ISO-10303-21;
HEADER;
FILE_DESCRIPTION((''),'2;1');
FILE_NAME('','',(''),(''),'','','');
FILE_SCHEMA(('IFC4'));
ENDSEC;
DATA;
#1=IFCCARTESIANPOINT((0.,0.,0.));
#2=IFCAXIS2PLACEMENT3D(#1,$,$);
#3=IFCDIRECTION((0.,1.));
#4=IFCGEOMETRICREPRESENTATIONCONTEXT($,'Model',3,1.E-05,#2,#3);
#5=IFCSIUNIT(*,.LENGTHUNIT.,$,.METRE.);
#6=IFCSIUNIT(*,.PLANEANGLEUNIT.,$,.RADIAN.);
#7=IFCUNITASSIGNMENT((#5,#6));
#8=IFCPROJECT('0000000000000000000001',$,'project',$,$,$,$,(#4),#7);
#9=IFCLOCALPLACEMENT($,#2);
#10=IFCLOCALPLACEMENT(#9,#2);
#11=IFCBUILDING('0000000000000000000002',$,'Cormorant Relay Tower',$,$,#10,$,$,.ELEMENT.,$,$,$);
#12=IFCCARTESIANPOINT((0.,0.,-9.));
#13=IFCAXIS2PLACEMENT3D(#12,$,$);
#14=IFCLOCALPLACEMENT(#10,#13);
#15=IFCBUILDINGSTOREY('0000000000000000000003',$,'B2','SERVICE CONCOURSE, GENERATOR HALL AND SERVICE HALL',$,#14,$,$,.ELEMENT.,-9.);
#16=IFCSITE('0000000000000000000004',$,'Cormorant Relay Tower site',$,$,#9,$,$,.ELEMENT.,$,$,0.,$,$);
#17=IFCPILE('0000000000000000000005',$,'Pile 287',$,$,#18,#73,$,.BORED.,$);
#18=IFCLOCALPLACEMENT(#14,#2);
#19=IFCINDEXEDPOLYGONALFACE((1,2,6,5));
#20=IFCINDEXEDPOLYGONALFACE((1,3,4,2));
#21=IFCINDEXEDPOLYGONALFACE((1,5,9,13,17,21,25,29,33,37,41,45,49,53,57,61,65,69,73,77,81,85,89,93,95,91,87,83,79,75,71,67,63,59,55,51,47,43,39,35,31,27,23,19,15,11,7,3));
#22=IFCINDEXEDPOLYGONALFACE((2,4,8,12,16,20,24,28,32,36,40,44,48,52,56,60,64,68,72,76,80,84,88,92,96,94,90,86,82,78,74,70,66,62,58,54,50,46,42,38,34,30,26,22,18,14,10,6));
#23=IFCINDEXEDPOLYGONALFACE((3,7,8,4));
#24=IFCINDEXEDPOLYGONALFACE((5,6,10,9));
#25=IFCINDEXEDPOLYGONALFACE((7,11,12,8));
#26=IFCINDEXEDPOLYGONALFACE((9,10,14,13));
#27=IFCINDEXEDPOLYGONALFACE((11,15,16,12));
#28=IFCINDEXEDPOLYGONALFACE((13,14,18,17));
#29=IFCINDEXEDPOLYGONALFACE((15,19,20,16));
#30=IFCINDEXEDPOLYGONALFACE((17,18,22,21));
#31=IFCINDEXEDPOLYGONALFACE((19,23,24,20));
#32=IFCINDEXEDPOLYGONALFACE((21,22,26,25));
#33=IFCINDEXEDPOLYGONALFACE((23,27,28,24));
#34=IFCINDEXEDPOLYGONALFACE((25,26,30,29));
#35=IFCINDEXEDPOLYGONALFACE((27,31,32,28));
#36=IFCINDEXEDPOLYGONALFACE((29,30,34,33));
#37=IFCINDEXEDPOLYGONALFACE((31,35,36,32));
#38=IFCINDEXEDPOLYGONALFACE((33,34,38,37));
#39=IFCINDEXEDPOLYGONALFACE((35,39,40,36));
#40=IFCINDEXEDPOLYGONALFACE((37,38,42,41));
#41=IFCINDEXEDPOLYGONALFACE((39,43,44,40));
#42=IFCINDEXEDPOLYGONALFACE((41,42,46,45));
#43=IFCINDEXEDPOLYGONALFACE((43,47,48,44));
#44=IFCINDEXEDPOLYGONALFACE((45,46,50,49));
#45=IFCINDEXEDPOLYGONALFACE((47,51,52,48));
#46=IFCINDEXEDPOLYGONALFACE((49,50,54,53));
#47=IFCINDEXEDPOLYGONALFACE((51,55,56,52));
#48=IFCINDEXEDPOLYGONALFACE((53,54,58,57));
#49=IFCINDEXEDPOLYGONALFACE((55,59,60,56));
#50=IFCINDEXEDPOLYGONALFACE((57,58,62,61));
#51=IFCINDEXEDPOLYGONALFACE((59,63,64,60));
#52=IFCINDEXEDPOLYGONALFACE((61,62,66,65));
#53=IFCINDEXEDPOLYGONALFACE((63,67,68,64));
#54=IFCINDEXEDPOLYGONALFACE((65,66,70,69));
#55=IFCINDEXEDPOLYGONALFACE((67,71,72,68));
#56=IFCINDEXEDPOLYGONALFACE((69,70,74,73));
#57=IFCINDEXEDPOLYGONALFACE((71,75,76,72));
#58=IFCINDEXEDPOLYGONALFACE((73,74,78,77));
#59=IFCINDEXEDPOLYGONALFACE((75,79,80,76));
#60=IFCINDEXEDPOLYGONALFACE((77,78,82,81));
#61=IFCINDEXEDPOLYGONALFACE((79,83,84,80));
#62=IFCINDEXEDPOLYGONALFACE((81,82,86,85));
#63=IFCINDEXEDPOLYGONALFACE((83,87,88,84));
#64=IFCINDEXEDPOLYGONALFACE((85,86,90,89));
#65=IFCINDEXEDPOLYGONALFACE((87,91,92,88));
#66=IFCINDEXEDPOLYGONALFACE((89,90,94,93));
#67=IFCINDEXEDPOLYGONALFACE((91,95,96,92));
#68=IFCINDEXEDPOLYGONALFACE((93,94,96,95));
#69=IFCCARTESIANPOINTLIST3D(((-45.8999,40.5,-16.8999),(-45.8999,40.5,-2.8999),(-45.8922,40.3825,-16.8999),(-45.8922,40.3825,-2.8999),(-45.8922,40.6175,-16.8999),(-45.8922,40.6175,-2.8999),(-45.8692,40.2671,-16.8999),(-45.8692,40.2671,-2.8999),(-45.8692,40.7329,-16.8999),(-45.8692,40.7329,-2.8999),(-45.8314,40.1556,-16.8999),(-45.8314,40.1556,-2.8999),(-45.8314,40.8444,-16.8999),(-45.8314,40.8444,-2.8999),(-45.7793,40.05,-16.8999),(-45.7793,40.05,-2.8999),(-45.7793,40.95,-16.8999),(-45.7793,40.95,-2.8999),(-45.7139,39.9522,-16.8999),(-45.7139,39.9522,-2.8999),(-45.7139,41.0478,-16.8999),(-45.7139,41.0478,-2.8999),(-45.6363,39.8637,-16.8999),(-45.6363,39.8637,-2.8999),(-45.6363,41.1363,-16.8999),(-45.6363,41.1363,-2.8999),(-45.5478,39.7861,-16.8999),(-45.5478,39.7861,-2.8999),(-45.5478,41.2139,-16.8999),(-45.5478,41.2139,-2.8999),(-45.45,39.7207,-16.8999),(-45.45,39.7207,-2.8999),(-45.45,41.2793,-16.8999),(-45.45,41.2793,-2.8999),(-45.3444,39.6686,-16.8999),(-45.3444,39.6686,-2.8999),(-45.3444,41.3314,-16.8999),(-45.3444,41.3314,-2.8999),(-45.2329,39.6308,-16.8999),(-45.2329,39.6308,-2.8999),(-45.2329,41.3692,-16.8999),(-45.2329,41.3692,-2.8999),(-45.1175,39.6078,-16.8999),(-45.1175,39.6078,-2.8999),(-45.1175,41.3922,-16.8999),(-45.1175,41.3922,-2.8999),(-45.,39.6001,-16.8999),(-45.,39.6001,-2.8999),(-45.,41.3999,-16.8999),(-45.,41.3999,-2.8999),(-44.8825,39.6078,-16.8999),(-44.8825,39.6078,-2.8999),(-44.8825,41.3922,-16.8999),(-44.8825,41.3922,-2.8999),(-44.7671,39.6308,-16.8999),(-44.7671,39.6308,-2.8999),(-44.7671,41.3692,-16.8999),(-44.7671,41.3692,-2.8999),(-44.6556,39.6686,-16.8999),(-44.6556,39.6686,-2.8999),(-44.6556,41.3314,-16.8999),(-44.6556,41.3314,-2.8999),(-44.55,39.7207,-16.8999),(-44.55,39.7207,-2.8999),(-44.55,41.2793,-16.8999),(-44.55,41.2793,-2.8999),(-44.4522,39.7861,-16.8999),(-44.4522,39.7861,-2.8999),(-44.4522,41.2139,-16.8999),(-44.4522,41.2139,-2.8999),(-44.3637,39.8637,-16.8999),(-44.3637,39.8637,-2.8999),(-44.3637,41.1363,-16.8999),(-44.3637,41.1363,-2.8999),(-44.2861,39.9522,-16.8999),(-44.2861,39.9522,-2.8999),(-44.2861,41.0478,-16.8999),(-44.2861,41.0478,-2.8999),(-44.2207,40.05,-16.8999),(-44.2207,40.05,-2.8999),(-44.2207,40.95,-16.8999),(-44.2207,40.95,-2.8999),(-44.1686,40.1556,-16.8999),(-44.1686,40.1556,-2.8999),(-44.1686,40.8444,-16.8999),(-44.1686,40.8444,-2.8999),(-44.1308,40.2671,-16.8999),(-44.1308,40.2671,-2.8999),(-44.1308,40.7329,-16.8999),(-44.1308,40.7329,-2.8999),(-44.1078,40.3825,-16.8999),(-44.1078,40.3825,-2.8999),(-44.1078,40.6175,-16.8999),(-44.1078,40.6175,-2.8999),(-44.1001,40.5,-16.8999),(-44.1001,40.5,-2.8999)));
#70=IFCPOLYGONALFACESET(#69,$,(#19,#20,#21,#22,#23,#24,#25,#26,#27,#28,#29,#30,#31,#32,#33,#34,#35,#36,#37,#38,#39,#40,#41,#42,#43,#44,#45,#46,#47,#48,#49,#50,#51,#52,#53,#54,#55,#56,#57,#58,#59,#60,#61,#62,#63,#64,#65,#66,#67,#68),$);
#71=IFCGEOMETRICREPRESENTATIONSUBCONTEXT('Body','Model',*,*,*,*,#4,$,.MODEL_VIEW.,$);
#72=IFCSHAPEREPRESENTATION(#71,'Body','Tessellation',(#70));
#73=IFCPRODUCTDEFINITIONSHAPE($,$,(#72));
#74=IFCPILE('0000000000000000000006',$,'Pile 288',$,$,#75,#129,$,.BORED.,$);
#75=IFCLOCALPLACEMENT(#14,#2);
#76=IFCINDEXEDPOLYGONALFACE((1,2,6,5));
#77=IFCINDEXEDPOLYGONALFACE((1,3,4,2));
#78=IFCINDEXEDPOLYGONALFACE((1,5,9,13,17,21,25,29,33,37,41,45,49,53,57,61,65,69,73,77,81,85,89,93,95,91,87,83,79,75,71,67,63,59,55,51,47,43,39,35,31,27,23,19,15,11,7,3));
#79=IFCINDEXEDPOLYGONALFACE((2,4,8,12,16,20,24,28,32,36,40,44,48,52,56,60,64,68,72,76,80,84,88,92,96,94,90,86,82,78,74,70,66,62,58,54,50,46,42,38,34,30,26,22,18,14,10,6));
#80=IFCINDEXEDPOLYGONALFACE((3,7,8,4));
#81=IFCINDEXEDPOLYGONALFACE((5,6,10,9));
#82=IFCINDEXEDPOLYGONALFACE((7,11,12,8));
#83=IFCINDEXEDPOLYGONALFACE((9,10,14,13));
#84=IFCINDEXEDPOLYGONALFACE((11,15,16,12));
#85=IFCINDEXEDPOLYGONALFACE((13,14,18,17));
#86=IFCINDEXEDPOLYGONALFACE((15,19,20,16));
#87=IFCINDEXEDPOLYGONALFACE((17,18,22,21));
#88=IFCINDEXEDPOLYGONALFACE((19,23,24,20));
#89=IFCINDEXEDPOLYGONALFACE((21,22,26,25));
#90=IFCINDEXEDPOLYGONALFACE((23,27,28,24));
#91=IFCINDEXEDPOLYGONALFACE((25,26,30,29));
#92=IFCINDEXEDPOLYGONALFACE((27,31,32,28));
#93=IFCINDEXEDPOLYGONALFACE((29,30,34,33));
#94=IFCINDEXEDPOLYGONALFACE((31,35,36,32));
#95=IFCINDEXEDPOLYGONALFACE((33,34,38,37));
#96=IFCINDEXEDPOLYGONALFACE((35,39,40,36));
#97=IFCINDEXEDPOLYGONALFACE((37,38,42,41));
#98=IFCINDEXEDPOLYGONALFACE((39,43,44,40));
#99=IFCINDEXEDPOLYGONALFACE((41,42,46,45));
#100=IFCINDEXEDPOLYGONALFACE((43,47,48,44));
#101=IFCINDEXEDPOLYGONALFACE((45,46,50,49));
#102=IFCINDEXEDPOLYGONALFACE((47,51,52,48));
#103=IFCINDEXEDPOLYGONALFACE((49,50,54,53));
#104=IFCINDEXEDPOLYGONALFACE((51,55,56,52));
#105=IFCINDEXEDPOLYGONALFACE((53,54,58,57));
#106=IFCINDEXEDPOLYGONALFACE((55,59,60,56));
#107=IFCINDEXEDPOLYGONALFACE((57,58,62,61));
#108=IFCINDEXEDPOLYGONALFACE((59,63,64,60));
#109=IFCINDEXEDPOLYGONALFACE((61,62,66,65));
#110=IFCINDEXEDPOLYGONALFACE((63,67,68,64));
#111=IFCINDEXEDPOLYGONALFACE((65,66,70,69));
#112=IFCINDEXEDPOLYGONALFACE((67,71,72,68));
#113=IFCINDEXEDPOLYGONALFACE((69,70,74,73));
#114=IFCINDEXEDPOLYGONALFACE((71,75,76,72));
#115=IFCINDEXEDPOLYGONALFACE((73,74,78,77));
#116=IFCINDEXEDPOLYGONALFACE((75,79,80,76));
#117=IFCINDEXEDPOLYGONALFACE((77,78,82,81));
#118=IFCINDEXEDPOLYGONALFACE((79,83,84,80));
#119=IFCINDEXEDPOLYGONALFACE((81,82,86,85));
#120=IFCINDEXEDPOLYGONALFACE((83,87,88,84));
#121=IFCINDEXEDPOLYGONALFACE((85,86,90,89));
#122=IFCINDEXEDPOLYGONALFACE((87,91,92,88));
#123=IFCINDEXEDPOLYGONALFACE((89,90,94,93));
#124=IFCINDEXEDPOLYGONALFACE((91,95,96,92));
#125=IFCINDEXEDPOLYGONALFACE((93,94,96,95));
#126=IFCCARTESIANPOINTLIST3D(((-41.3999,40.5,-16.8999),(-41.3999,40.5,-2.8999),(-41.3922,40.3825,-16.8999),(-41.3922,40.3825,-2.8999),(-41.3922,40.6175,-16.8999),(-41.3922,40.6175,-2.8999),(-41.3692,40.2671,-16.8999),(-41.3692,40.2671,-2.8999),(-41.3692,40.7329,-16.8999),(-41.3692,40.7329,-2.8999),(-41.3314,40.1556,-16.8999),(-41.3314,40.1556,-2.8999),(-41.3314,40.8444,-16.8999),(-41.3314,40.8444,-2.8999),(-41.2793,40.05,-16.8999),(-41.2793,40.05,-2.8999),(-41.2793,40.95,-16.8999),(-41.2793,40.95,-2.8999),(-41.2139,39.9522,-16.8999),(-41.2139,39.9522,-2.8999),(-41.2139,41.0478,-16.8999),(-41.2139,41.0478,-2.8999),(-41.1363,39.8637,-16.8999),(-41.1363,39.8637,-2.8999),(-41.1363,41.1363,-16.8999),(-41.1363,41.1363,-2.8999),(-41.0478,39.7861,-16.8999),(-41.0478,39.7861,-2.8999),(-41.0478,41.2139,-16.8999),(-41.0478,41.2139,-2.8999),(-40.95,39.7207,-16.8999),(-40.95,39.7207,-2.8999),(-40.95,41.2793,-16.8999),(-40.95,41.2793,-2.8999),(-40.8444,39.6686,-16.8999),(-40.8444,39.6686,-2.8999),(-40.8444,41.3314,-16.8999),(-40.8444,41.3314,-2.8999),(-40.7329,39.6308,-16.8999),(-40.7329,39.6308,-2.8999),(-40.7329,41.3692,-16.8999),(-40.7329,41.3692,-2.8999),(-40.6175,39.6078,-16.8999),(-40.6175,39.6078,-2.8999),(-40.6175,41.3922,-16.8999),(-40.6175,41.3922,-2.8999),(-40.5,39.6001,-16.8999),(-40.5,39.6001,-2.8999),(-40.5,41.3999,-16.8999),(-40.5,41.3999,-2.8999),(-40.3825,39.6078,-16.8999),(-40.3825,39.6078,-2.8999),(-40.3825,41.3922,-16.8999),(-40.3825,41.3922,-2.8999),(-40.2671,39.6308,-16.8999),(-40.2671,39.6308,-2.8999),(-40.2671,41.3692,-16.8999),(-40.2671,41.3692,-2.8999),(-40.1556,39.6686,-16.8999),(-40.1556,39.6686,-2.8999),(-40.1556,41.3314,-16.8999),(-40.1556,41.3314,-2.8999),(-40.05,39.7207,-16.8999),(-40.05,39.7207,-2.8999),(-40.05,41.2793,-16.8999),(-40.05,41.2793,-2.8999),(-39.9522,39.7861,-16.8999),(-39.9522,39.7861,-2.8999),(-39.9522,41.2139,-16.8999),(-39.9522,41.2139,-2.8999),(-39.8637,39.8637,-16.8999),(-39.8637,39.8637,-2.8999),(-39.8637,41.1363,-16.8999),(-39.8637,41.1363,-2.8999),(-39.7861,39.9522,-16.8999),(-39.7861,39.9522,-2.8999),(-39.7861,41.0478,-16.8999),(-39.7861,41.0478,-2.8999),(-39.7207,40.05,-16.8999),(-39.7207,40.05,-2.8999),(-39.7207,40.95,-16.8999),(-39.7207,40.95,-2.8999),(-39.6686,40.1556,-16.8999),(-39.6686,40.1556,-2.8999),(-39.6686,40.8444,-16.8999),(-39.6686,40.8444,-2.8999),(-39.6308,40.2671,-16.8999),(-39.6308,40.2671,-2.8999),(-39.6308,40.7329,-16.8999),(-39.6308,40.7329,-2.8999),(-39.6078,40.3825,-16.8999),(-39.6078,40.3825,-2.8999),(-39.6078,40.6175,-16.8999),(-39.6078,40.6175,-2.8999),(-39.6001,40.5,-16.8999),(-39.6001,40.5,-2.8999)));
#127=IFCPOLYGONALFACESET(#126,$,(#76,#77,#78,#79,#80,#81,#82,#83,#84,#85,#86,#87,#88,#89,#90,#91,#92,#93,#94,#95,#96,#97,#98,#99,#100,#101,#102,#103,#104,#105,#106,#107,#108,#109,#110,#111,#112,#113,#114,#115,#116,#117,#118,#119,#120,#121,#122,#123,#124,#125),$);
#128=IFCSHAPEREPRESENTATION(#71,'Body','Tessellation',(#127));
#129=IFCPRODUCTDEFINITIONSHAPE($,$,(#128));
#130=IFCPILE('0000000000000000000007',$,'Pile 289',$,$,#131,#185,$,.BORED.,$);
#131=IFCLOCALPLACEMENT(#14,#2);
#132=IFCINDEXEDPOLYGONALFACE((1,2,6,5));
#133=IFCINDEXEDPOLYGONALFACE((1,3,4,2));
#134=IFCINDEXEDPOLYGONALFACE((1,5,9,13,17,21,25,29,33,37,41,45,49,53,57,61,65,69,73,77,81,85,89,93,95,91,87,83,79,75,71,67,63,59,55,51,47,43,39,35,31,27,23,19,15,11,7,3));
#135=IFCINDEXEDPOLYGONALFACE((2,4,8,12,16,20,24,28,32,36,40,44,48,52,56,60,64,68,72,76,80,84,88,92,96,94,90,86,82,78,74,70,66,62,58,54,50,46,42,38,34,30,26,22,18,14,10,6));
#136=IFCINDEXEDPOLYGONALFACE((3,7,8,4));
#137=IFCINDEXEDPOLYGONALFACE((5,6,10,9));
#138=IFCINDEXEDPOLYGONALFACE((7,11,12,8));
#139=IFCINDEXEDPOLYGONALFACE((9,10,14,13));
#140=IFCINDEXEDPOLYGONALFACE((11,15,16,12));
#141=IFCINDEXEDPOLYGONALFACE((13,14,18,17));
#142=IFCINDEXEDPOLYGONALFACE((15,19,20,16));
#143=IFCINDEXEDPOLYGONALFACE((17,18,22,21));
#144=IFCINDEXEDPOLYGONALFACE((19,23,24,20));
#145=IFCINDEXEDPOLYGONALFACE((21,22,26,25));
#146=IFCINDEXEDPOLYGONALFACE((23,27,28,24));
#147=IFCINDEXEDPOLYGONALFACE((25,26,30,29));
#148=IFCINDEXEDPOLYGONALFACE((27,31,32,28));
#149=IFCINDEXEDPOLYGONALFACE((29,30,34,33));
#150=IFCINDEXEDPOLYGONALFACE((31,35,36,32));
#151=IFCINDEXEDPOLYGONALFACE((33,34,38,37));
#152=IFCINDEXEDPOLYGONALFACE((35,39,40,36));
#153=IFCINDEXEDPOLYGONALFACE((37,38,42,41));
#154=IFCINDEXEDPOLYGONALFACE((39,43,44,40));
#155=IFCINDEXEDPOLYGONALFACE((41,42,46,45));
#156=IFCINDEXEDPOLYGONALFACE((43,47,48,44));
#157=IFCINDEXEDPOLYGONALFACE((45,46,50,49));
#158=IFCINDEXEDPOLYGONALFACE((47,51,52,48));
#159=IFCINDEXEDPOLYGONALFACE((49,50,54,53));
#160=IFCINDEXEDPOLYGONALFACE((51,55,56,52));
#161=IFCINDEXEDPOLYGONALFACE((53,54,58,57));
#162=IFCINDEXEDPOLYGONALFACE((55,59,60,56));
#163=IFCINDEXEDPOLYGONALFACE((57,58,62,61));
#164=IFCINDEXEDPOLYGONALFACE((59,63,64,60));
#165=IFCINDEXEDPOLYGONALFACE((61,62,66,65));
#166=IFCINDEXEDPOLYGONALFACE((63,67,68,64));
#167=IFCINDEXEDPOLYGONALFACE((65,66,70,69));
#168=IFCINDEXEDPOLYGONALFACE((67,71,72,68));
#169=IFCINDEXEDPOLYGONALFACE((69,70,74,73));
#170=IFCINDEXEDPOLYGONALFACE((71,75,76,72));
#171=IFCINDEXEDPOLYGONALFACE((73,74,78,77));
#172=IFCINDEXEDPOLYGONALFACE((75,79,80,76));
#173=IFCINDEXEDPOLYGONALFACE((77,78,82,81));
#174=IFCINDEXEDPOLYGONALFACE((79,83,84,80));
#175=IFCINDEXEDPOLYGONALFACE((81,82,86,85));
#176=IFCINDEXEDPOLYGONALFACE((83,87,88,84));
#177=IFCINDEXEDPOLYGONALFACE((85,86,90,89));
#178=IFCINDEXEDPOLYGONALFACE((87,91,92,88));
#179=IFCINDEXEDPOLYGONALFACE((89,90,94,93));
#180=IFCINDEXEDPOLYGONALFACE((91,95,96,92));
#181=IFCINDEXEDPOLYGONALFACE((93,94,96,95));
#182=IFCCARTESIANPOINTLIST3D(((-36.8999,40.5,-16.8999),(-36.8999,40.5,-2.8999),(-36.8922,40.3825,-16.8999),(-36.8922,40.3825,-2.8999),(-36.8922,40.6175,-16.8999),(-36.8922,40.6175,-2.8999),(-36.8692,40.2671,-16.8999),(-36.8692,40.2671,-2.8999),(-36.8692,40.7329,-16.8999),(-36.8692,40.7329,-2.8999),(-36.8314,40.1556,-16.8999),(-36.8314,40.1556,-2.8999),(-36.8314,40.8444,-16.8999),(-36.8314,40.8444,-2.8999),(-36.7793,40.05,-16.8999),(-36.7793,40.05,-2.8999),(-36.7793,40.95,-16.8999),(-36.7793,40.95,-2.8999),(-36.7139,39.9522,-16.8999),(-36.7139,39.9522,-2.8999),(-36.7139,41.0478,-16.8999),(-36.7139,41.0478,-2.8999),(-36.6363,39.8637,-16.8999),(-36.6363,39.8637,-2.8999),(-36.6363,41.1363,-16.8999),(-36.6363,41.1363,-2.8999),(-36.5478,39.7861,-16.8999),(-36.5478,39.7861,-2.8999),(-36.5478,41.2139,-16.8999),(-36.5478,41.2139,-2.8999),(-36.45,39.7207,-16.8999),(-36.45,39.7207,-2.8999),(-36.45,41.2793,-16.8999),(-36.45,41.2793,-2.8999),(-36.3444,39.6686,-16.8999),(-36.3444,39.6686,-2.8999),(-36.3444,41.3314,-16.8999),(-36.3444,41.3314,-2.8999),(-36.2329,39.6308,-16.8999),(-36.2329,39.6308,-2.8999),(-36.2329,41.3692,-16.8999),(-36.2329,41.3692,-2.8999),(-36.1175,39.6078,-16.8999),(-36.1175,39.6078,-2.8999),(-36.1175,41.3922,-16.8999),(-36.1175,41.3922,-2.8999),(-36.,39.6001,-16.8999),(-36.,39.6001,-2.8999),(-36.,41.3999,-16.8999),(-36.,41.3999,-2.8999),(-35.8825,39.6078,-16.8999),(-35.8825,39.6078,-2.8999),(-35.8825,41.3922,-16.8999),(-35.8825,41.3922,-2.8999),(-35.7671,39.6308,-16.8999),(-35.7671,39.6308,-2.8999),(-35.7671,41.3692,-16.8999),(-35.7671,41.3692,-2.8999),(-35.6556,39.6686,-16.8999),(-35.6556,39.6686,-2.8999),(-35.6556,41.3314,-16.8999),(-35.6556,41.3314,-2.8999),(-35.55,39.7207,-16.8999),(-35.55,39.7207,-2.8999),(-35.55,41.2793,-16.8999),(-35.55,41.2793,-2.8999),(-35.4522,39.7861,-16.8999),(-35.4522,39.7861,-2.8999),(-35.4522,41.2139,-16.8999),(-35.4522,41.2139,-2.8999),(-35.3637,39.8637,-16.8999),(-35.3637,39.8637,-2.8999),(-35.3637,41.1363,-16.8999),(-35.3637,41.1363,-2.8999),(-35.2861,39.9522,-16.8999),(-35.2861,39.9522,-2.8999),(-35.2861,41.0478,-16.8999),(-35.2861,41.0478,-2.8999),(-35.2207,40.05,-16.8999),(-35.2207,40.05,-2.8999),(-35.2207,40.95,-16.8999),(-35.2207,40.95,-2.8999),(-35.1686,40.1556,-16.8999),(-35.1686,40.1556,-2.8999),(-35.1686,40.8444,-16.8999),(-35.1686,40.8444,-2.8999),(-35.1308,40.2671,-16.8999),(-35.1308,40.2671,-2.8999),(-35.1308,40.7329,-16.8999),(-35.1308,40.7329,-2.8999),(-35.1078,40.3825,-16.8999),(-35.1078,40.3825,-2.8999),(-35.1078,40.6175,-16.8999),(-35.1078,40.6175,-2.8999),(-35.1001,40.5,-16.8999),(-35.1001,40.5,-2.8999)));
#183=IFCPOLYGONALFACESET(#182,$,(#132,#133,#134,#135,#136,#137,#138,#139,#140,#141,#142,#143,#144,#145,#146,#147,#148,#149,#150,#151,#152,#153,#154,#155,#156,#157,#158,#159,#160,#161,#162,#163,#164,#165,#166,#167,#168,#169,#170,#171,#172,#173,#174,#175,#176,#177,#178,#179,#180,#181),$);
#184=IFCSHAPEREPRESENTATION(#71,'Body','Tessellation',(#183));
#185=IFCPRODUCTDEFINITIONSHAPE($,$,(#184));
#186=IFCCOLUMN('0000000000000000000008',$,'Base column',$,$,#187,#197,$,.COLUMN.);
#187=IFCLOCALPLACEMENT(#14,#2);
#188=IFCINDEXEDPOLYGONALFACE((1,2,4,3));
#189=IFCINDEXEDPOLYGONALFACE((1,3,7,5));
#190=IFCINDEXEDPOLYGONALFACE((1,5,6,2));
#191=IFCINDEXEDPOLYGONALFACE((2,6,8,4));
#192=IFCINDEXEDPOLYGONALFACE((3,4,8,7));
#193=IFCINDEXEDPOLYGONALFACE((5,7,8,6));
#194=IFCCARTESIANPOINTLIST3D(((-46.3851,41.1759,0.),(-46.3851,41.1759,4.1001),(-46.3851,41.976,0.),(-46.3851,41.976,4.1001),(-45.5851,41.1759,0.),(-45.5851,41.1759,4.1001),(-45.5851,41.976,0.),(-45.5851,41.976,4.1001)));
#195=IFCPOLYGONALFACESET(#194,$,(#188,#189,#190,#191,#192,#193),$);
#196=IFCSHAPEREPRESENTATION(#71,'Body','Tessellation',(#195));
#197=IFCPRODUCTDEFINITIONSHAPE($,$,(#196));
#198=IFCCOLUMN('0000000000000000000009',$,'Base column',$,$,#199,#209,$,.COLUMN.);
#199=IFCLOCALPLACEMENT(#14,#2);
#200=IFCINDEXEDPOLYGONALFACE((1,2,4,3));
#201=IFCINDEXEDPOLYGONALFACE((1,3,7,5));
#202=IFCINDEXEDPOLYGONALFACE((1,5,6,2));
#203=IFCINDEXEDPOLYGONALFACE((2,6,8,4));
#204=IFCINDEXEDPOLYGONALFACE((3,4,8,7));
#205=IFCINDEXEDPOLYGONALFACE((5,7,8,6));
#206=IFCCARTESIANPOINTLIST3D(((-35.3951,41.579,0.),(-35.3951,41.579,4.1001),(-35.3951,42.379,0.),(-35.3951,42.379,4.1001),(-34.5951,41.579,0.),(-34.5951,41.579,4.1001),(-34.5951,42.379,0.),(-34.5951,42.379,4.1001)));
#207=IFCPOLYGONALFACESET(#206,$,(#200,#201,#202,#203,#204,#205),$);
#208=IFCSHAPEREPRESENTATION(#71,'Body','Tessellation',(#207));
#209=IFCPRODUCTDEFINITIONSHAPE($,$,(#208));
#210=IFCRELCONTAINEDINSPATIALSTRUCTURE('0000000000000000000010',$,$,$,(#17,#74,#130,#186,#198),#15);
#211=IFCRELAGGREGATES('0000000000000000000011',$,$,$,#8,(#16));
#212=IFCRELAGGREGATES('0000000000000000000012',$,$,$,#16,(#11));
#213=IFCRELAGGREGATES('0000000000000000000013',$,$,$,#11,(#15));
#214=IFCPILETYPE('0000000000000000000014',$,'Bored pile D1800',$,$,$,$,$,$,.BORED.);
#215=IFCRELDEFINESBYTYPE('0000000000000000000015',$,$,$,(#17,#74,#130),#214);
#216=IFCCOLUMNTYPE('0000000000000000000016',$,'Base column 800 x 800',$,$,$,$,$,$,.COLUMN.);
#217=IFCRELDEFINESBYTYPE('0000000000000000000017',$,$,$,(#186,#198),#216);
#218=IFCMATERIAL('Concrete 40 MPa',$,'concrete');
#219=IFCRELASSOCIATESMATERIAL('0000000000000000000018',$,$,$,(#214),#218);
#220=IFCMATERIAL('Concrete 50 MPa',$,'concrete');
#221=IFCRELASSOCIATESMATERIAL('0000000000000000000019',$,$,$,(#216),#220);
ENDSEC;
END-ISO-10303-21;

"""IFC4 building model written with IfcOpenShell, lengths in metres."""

from ifc_helpers import new_model, si_unit, direction, frame, origin, origin_2d, place, context, subcontext, project, spatial, rectangle, circle, extrude, material, material_profile, profile_set, type_object, element, save


model = new_model("IFC4")

# Units and contexts
model_context = context("Model", 3, precision=1e-05, world=origin(), true_north=direction((0.0, 1.0)))
body_context = subcontext(model_context, "Body", "Model", "MODEL_VIEW")
ifc_project = project(units=[si_unit("LENGTHUNIT", "METRE"), si_unit("PLANEANGLEUNIT", "RADIAN")], contexts=[model_context])

# Site, building, storey
site_placement = place(None, origin())
site = spatial("IfcSite", under=ifc_project, at=site_placement, Name="Cormorant Relay Tower site", CompositionType="ELEMENT", RefElevation=0.0)
building_placement = place(site_placement, origin())
building = spatial("IfcBuilding", under=site, at=building_placement, Name="Cormorant Relay Tower", CompositionType="ELEMENT")
storey_placement = place(building_placement, frame((0.0, 0.0, -9.0)))
storey = spatial("IfcBuildingStorey", under=building, at=storey_placement, Name="B2", Description="SERVICE CONCOURSE, GENERATOR HALL AND SERVICE HALL", CompositionType="ELEMENT", Elevation=-9.0)

# Piles
ifc_material_1 = material(Name="Concrete 40 MPa", Category="concrete")
ifc_material_profile_1 = material_profile(ifc_material_1, circle(Radius=0.8999, at=origin_2d()), Name="BP1800")
ifc_profile_set_1 = profile_set([ifc_material_profile_1], Name="Concrete 40 MPa")
pile_type = type_object("IfcPileType", Name="Bored pile D1800", PredefinedType="BORED", material=ifc_profile_set_1)
for number, where, z_axis, x_axis, name in (
    (1, (-45.0, 40.5, -2.8999), (0.0, 0.0, -1.0), (1.0, 0.0, 0.0), "Pile 287"),
    (2, (-40.5, 40.5, -2.8999), (0.0, 0.0, -1.0), (1.0, 0.0, 0.0), "Pile 288"),
    (3, (-36.0, 40.5, -2.8999), (0.0, 0.0, -1.0), (1.0, 0.0, 0.0), "Pile 289"),
):
    element("IfcPile", number, at=place(storey_placement, frame(where, z_axis=z_axis, x_axis=x_axis)), inside=storey, type_object=pile_type, Name=name, PredefinedType="BORED", context=body_context, shape_type="SweptSolid", body=[
        extrude(circle(Radius=0.8999, at=origin_2d()), origin(), (0.0, 0.0, 1.0), 14.0),
    ])

# Columns
ifc_material_2 = material(Name="Concrete 50 MPa", Category="concrete")
ifc_material_profile_2 = material_profile(ifc_material_2, rectangle(XDim=0.8, YDim=0.8, at=origin_2d()), Name="RC 800x800")
ifc_profile_set_2 = profile_set([ifc_material_profile_2], Name="Concrete 50 MPa")
column_type_1 = type_object("IfcColumnType", Name="Base column 800 x 800", PredefinedType="COLUMN", material=ifc_profile_set_2)
for number, where, z_axis, x_axis, name in (
    (4, (-45.9851, 41.5759, 0.0), (0.0, 0.0, 1.0), (1.0, 0.0, 0.0), "Base column"),
    (5, (-34.9951, 41.979, 0.0), (0.0, 0.0, 1.0), (1.0, 0.0, 0.0), "Base column"),
):
    element("IfcColumn", number, at=place(storey_placement, frame(where, z_axis=z_axis, x_axis=x_axis)), inside=storey, type_object=column_type_1, Name=name, PredefinedType="COLUMN", context=body_context, shape_type="SweptSolid", body=[
        extrude(rectangle(XDim=0.8, YDim=0.8, at=origin_2d()), origin(), (0.0, 0.0, 1.0), 4.1001),
    ])

save(model, "model.ifc")
